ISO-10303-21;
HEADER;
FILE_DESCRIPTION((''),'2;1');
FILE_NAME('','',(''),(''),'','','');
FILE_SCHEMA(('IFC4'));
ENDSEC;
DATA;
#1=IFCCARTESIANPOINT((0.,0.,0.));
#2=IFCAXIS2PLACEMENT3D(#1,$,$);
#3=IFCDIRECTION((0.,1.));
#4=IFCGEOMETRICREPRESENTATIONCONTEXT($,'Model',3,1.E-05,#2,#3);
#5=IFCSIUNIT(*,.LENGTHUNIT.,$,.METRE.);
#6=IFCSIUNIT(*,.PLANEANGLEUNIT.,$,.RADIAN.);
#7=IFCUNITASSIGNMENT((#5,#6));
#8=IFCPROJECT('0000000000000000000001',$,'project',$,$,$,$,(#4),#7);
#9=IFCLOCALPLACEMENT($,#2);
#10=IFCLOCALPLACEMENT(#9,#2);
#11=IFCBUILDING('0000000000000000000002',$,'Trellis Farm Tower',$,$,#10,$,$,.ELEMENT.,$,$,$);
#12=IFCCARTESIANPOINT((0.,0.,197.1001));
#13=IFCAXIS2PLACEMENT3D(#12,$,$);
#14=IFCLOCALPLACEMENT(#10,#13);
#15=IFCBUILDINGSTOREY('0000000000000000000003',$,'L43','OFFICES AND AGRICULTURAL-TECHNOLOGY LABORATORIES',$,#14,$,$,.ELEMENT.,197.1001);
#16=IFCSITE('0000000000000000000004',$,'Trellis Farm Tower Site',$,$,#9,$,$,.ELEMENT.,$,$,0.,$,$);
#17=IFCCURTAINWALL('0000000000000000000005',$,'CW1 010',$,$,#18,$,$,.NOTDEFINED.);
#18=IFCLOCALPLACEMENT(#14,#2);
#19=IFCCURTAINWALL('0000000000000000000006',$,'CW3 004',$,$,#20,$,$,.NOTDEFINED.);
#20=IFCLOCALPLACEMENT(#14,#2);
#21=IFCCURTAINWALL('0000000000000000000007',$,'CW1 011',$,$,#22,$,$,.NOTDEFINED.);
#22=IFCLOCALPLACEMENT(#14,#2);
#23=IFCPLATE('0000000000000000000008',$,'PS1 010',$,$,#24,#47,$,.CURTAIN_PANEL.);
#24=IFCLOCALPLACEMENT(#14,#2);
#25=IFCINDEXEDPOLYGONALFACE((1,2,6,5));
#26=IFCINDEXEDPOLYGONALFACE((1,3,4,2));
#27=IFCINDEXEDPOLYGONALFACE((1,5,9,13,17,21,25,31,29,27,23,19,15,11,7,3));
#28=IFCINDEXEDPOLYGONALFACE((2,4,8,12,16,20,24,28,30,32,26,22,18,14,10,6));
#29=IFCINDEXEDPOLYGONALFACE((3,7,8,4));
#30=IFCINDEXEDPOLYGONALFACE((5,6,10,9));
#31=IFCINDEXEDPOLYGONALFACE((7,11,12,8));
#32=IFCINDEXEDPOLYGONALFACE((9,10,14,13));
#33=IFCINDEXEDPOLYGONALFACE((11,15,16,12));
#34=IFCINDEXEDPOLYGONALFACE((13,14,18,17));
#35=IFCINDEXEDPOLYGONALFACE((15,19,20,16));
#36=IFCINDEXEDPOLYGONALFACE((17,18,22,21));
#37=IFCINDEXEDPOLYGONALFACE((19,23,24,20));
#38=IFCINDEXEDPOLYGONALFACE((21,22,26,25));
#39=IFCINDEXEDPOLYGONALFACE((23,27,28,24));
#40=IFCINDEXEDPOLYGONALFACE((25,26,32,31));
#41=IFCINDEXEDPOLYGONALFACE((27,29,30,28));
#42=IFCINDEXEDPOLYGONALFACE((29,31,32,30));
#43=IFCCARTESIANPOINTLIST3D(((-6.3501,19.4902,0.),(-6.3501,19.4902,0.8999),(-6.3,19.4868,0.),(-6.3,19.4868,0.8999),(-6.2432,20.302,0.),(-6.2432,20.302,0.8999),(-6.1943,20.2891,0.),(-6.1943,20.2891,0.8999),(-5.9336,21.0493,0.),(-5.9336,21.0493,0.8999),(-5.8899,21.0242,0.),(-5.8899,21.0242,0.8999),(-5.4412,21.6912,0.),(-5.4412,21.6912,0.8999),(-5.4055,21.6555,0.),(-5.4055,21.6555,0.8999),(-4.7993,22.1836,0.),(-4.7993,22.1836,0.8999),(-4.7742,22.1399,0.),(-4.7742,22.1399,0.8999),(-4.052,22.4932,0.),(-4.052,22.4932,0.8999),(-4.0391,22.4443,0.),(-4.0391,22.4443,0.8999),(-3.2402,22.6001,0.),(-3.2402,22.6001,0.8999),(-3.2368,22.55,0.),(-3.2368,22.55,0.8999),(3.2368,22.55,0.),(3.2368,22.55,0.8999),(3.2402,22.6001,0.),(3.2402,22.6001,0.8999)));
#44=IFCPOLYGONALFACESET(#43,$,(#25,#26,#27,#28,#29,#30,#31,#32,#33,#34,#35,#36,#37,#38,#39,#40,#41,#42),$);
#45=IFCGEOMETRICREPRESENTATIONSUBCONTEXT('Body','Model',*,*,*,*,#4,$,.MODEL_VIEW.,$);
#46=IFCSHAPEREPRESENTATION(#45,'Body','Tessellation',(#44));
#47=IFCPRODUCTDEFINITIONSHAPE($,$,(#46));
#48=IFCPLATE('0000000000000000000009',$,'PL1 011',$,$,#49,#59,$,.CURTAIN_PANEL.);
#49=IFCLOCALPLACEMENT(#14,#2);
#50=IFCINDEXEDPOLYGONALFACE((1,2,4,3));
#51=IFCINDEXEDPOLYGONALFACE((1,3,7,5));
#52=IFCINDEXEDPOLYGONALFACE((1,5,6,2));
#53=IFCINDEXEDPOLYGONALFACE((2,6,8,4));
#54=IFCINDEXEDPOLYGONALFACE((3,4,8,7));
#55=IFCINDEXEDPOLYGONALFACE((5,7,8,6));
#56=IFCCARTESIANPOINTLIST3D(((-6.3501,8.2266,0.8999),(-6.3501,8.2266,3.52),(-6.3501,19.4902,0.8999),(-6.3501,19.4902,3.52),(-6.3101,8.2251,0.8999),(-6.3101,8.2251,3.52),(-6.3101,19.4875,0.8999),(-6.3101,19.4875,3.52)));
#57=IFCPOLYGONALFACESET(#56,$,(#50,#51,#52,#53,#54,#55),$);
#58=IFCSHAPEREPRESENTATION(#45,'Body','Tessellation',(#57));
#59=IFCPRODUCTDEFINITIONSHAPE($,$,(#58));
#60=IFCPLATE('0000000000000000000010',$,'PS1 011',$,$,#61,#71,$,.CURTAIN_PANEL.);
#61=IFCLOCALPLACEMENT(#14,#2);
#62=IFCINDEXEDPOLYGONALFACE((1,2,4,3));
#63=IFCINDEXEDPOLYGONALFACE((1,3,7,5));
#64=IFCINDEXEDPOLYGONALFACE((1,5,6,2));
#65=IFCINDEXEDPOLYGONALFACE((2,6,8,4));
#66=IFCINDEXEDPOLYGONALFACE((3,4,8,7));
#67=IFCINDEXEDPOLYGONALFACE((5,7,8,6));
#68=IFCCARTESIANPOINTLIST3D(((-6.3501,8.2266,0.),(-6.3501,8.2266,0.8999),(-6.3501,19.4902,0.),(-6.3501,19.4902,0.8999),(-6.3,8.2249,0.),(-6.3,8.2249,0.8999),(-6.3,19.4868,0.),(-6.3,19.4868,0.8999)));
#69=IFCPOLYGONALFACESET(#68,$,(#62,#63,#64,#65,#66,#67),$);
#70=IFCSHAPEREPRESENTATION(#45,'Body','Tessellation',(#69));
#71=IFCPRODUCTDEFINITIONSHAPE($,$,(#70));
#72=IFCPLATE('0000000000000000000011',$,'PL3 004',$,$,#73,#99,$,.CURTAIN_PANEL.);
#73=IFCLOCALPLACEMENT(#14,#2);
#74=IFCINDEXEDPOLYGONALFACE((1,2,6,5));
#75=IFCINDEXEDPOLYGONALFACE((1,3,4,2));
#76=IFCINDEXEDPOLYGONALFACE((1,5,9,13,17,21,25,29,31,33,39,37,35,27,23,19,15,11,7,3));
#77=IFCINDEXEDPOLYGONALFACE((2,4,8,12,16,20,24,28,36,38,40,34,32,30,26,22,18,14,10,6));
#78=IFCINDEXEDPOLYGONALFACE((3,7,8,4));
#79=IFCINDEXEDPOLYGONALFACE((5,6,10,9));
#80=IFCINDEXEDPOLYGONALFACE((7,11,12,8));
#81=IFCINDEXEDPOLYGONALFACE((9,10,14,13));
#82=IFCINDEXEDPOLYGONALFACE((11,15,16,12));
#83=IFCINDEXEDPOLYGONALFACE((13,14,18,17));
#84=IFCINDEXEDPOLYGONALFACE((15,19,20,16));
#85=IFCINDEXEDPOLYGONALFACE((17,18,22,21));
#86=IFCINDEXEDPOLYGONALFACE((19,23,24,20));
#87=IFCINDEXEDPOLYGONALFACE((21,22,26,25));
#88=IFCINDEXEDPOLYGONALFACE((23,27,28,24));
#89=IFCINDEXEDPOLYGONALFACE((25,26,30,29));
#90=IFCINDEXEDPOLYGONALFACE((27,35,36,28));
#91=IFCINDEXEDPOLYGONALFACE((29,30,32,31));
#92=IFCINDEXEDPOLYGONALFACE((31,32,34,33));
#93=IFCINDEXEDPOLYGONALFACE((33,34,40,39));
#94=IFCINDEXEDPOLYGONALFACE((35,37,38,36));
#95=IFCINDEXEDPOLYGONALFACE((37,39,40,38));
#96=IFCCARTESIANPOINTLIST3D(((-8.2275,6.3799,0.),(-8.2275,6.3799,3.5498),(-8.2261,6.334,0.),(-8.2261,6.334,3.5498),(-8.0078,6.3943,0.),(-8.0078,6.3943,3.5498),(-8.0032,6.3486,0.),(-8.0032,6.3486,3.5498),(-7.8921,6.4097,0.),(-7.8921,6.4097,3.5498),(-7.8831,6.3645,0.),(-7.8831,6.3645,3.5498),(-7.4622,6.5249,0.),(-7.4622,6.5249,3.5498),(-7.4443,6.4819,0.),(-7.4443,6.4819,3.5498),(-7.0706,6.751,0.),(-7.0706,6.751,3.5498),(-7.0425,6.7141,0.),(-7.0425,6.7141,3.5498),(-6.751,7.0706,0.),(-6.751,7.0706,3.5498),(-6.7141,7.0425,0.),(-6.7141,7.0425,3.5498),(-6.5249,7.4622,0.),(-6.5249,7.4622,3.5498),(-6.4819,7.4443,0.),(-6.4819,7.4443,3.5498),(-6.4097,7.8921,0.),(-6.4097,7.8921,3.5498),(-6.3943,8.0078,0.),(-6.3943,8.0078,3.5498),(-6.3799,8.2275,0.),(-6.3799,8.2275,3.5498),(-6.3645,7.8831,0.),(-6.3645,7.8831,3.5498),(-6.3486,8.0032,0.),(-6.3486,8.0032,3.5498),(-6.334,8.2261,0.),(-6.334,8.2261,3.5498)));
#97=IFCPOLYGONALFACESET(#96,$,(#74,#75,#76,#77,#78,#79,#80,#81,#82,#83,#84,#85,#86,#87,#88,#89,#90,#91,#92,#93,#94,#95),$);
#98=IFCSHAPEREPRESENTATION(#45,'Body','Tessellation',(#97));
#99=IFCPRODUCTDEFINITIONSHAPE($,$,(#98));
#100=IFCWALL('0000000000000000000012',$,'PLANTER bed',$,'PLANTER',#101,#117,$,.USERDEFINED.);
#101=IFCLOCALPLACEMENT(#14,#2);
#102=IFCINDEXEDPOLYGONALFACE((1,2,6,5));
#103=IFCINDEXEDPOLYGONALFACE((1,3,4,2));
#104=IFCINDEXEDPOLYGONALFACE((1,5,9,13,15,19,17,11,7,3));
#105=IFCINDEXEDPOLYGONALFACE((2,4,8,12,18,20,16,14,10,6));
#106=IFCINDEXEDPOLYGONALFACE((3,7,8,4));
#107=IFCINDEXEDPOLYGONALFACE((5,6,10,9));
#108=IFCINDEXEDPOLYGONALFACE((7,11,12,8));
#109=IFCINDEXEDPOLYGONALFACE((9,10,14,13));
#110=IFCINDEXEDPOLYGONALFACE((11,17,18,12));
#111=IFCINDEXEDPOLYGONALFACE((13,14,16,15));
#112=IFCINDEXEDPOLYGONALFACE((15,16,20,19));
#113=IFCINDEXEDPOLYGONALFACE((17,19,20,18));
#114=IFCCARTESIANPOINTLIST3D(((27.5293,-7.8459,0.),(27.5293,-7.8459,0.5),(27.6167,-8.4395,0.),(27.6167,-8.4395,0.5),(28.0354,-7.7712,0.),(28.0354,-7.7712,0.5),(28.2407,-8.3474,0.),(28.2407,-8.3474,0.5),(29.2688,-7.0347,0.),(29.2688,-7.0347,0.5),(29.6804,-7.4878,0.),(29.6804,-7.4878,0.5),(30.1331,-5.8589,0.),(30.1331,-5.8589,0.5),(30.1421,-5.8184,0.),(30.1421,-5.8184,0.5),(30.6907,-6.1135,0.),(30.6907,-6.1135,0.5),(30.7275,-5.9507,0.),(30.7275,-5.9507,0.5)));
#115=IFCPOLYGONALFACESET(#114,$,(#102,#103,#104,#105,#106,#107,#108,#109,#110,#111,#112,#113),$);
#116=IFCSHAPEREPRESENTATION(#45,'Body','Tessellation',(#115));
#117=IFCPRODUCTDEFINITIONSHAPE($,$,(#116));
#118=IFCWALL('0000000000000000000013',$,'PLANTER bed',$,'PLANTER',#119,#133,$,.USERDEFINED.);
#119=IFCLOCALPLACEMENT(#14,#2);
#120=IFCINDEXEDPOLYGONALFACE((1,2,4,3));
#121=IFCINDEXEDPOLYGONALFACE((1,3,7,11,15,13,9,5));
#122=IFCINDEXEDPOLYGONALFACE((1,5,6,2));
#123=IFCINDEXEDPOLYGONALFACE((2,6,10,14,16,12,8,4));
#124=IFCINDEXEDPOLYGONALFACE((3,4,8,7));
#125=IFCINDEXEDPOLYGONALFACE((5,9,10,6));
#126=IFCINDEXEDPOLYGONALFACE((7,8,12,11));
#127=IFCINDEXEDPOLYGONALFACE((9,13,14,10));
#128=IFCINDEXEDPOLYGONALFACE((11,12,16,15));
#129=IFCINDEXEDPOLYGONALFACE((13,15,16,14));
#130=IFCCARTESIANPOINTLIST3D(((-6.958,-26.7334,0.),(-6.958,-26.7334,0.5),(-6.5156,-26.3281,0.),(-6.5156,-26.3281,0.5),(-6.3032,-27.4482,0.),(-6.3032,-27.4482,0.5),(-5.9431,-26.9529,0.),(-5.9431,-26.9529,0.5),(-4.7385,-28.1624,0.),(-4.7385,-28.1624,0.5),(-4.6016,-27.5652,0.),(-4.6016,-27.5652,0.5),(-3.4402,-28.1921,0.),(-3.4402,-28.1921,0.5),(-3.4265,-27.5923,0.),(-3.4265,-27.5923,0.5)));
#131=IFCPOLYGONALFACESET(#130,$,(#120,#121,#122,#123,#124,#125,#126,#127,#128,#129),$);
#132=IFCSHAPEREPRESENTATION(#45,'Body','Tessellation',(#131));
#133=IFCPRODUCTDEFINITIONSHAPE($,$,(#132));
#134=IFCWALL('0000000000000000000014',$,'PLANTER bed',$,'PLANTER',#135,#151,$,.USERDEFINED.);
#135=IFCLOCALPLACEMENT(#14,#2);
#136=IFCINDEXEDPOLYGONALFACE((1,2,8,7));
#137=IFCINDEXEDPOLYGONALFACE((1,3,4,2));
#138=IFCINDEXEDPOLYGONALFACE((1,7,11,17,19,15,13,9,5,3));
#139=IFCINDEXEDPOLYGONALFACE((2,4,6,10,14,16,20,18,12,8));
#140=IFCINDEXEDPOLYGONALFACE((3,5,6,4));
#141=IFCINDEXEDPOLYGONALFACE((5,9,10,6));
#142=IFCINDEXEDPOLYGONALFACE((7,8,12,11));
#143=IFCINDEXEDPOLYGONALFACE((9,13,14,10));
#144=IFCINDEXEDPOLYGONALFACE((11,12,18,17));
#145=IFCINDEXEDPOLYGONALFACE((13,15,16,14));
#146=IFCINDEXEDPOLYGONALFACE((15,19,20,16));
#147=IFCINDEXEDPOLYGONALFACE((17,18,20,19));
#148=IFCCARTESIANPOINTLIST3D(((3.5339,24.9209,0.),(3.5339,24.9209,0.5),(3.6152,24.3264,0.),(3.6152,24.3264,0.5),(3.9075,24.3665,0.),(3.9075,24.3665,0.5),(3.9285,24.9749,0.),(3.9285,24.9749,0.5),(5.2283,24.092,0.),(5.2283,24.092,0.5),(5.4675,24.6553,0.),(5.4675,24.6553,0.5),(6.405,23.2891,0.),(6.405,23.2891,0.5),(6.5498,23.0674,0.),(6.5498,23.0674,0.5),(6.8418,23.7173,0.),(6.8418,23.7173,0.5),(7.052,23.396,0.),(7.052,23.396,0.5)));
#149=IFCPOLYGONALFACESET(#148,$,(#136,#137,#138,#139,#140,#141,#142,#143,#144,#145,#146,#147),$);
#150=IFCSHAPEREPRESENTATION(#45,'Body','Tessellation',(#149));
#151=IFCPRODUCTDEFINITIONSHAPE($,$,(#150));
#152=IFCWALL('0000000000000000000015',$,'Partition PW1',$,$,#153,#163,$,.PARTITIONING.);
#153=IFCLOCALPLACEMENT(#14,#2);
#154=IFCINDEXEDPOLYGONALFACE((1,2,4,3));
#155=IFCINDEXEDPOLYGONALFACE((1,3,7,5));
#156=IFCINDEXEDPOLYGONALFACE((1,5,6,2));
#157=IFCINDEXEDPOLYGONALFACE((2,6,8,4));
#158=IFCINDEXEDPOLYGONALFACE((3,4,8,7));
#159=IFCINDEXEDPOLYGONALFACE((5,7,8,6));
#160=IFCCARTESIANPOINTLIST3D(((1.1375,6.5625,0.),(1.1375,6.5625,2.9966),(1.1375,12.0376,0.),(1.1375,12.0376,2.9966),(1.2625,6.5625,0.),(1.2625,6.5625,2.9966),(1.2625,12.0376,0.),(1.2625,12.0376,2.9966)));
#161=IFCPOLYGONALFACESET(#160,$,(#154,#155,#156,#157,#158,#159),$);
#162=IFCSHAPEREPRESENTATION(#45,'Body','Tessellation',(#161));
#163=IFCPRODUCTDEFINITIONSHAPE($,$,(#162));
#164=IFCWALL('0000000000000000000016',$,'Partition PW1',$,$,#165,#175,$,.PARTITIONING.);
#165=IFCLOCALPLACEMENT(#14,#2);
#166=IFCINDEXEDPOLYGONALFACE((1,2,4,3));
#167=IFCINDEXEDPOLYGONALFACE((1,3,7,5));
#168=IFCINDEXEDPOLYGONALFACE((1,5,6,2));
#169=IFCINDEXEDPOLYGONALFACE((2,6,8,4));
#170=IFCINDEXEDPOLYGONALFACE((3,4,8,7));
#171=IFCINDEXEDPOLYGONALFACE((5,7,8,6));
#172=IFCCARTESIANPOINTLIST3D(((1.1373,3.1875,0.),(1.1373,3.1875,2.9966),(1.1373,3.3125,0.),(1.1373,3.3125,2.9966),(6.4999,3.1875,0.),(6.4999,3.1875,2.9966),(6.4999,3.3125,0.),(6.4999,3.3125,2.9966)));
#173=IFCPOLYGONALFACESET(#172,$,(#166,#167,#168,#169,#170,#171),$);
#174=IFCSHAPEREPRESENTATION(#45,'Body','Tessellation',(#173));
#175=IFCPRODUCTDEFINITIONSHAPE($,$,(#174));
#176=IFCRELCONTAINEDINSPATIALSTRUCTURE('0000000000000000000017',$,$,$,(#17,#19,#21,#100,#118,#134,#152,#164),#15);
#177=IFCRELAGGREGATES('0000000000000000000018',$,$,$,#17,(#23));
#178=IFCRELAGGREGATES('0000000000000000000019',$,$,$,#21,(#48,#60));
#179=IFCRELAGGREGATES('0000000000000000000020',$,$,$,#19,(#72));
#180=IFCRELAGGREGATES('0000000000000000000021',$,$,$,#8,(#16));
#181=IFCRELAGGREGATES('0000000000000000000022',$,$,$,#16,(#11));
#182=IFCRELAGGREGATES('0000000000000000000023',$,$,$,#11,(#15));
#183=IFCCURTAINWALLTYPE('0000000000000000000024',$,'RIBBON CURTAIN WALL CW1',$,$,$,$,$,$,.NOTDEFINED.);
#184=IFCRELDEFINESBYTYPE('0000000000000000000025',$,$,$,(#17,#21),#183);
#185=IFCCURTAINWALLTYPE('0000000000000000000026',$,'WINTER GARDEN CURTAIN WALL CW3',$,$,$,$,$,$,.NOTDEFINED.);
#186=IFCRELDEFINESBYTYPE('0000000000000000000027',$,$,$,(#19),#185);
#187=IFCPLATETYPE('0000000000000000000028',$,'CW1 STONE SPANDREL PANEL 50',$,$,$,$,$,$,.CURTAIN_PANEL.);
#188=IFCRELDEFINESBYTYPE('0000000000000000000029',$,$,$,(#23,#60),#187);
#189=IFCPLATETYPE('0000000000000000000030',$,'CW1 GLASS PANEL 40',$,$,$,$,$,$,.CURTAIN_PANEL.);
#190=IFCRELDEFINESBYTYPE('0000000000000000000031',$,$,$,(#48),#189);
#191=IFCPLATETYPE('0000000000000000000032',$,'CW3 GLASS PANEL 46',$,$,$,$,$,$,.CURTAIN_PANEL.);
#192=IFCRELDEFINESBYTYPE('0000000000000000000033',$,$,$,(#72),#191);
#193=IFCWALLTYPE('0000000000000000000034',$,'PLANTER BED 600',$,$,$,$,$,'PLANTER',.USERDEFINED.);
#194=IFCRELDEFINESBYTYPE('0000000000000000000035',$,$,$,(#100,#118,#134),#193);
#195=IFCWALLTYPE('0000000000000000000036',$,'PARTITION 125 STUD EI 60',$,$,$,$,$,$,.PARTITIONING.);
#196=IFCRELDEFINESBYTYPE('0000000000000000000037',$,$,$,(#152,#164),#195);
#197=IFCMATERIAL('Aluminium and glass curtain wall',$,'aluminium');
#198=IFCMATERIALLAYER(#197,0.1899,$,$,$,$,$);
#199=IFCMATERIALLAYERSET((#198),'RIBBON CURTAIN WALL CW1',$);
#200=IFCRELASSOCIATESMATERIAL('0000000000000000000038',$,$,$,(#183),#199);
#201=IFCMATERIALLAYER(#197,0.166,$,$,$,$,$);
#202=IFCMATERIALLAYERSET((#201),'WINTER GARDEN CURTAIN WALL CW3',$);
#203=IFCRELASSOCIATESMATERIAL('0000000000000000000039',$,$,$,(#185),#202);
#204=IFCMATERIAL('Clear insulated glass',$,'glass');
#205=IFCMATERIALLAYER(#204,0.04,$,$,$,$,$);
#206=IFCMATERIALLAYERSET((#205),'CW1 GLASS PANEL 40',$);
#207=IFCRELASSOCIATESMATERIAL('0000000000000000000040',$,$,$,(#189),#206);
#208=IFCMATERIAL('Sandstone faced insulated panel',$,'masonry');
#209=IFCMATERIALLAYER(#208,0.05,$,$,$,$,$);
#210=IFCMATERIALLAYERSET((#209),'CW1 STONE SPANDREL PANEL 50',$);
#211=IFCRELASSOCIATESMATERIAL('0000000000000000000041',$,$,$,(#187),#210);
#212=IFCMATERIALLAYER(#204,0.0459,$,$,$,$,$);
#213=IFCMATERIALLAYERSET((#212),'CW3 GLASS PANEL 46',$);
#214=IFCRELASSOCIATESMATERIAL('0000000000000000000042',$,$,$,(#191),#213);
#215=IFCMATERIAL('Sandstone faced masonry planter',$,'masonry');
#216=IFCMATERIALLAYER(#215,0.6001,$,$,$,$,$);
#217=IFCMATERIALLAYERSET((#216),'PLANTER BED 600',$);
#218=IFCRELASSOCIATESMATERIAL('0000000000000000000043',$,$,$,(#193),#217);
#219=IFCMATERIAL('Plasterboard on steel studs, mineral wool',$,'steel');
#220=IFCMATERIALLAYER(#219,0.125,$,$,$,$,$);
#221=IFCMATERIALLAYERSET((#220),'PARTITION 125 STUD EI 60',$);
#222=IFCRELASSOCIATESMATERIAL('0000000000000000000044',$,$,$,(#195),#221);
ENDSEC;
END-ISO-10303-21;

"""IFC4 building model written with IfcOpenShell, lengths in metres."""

from ifc_helpers import new_model, si_unit, direction, frame, frame_2d, origin, place, context, subcontext, project, spatial, polyline, rectangle, outline, extrude, source, transform, mapped, material, layer, layer_set, type_object, element, aggregate, save


model = new_model("IFC4")

# Units and contexts
model_context = context("Model", 3, precision=1e-05, world=origin(), true_north=direction((0.0, 1.0)))
body_context = subcontext(model_context, "Body", "Model", "MODEL_VIEW")
ifc_project = project(units=[si_unit("LENGTHUNIT", "METRE"), si_unit("PLANEANGLEUNIT", "RADIAN")], contexts=[model_context])

# Site, building, storey
site_placement = place(None, origin())
site = spatial("IfcSite", under=ifc_project, at=site_placement, Name="Trellis Farm Tower Site", CompositionType="ELEMENT", RefElevation=0.0)
building_placement = place(site_placement, origin())
building = spatial("IfcBuilding", under=site, at=building_placement, Name="Trellis Farm Tower", CompositionType="ELEMENT")
storey_placement = place(building_placement, frame((0.0, 0.0, 197.1001)))
storey = spatial("IfcBuildingStorey", under=building, at=storey_placement, Name="L43", Description="OFFICES AND AGRICULTURAL-TECHNOLOGY LABORATORIES", CompositionType="ELEMENT", Elevation=197.1001)

# Curtain walls
ifc_material_1 = material(Name="Aluminium and glass curtain wall", Category="aluminium")
ifc_layer_1 = layer(ifc_material_1, 0.1899)
ifc_layer_set_1 = layer_set([ifc_layer_1], Name="RIBBON CURTAIN WALL CW1")
curtain_wall_type_1 = type_object("IfcCurtainWallType", Name="RIBBON CURTAIN WALL CW1", PredefinedType="NOTDEFINED", material=ifc_layer_set_1)
placement_1 = place(storey_placement, origin())
curtain_wall_1 = element("IfcCurtainWall", 1, at=placement_1, inside=storey, type_object=curtain_wall_type_1, Name="CW1 010", PredefinedType="NOTDEFINED")
ifc_layer_2 = layer(ifc_material_1, 0.166)
ifc_layer_set_2 = layer_set([ifc_layer_2], Name="WINTER GARDEN CURTAIN WALL CW3")
curtain_wall_type_2 = type_object("IfcCurtainWallType", Name="WINTER GARDEN CURTAIN WALL CW3", PredefinedType="NOTDEFINED", material=ifc_layer_set_2)
curtain_wall_2 = element("IfcCurtainWall", 2, at=placement_1, inside=storey, type_object=curtain_wall_type_2, Name="CW3 004", PredefinedType="NOTDEFINED")

# Curtain wall
curtain_wall_3 = element("IfcCurtainWall", 3, at=placement_1, inside=storey, type_object=curtain_wall_type_1, Name="CW1 011", PredefinedType="NOTDEFINED")

# Plates
ifc_material_2 = material(Name="Clear insulated glass", Category="glass")
ifc_layer_3 = layer(ifc_material_2, 0.04)
ifc_layer_set_3 = layer_set([ifc_layer_3], Name="CW1 GLASS PANEL 40")
plate_type_1 = type_object("IfcPlateType", Name="CW1 GLASS PANEL 40", PredefinedType="CURTAIN_PANEL", material=ifc_layer_set_3)
placement_2 = place(storey_placement, frame((0.0, 0.0, 0.8999)))
ifc_material_3 = material(Name="Sandstone faced insulated panel", Category="masonry")
ifc_layer_4 = layer(ifc_material_3, 0.05)
ifc_layer_set_4 = layer_set([ifc_layer_4], Name="CW1 STONE SPANDREL PANEL 50")
plate_type_2 = type_object("IfcPlateType", Name="CW1 STONE SPANDREL PANEL 50", PredefinedType="CURTAIN_PANEL", material=ifc_layer_set_4)
shared_shape_1 = source(origin(), body_context, "Body", "SweptSolid", [
    extrude(outline(polyline([(3.2402, 22.6001), (-3.2402, 22.6001), (-4.052, 22.4932), (-4.7993, 22.1836), (-5.4412, 21.6912), (-5.9336, 21.0493), (-6.2432, 20.302), (-6.3501, 19.4902), (-6.3, 19.4868), (-6.1943, 20.2891), (-5.8899, 21.0242), (-5.4055, 21.6555), (-4.7742, 22.1399), (-4.0391, 22.4443), (-3.2368, 22.55), (3.2368, 22.55), (3.2402, 22.6001)])), origin(), (0.0, 0.0, 1.0), 0.8999),
])
plate_1 = element("IfcPlate", 4, at=placement_1, type_object=plate_type_2, Name="PS1 010", PredefinedType="CURTAIN_PANEL", context=body_context, shape_type="MappedRepresentation", body=[
    mapped(shared_shape_1, transform((0.0, 0.0, 0.0))),
])
aggregate(curtain_wall_1, [plate_1])
shared_shape_2 = source(origin(), body_context, "Body", "SweptSolid", [
    extrude(outline(polyline([(-6.3501, 19.4902), (-6.3501, 8.2266), (-6.3101, 8.2251), (-6.3101, 19.4875), (-6.3501, 19.4902)])), origin(), (0.0, 0.0, 1.0), 2.6201),
])
plate_2 = element("IfcPlate", 5, at=placement_2, type_object=plate_type_1, Name="PL1 011", PredefinedType="CURTAIN_PANEL", context=body_context, shape_type="MappedRepresentation", body=[
    mapped(shared_shape_2, transform((0.0, 0.0, 0.0))),
])
shared_shape_3 = source(origin(), body_context, "Body", "SweptSolid", [
    extrude(outline(polyline([(-6.3501, 19.4902), (-6.3501, 8.2266), (-6.3, 8.2249), (-6.3, 19.4868), (-6.3501, 19.4902)])), origin(), (0.0, 0.0, 1.0), 0.8999),
])
plate_3 = element("IfcPlate", 6, at=placement_1, type_object=plate_type_2, Name="PS1 011", PredefinedType="CURTAIN_PANEL", context=body_context, shape_type="MappedRepresentation", body=[
    mapped(shared_shape_3, transform((0.0, 0.0, 0.0))),
])
aggregate(curtain_wall_3, [plate_2, plate_3])
ifc_layer_5 = layer(ifc_material_2, 0.0459)
ifc_layer_set_5 = layer_set([ifc_layer_5], Name="CW3 GLASS PANEL 46")
plate_type_3 = type_object("IfcPlateType", Name="CW3 GLASS PANEL 46", PredefinedType="CURTAIN_PANEL", material=ifc_layer_set_5)
shared_shape_4 = source(origin(), body_context, "Body", "SweptSolid", [
    extrude(outline(polyline([(-6.3799, 8.2275), (-6.3943, 8.0078), (-6.4097, 7.8921), (-6.5249, 7.4622), (-6.751, 7.0706), (-7.0706, 6.751), (-7.4622, 6.5249), (-7.8921, 6.4097), (-8.0078, 6.3943), (-8.2275, 6.3799), (-8.2261, 6.334), (-8.0032, 6.3486), (-7.8831, 6.3645), (-7.4443, 6.4819), (-7.0425, 6.7141), (-6.7141, 7.0425), (-6.4819, 7.4443), (-6.3645, 7.8831), (-6.3486, 8.0032), (-6.334, 8.2261), (-6.3799, 8.2275)])), origin(), (0.0, 0.0, 1.0), 3.5498),
])
plate_4 = element("IfcPlate", 7, at=placement_1, type_object=plate_type_3, Name="PL3 004", PredefinedType="CURTAIN_PANEL", context=body_context, shape_type="MappedRepresentation", body=[
    mapped(shared_shape_4, transform((0.0, 0.0, 0.0))),
])
aggregate(curtain_wall_2, [plate_4])

# Walls
ifc_material_4 = material(Name="Sandstone faced masonry planter", Category="masonry")
ifc_layer_6 = layer(ifc_material_4, 0.6001)
ifc_layer_set_6 = layer_set([ifc_layer_6], Name="PLANTER BED 600")
wall_type_1 = type_object("IfcWallType", Name="PLANTER BED 600", ElementType="PLANTER", PredefinedType="USERDEFINED", material=ifc_layer_set_6)
element("IfcWall", 8, at=placement_1, inside=storey, type_object=wall_type_1, Name="PLANTER bed", ObjectType="PLANTER", PredefinedType="USERDEFINED", context=body_context, shape_type="SweptSolid", body=[
    extrude(outline(polyline([(30.6907, -6.1135), (29.6804, -7.4878), (28.2407, -8.3474), (27.6167, -8.4395), (27.5293, -7.8459), (28.0354, -7.7712), (29.2688, -7.0347), (30.1331, -5.8589), (30.1421, -5.8184), (30.7275, -5.9507), (30.6907, -6.1135)])), origin(), (0.0, 0.0, 1.0), 0.5),
])
element("IfcWall", 9, at=placement_1, inside=storey, type_object=wall_type_1, Name="PLANTER bed", ObjectType="PLANTER", PredefinedType="USERDEFINED", context=body_context, shape_type="SweptSolid", body=[
    extrude(outline(polyline([(-6.3032, -27.4482), (-6.958, -26.7334), (-6.5156, -26.3281), (-5.9431, -26.9529), (-4.6016, -27.5652), (-3.4265, -27.5923), (-3.4402, -28.1921), (-4.7385, -28.1624), (-6.3032, -27.4482)])), origin(), (0.0, 0.0, 1.0), 0.5),
])
element("IfcWall", 10, at=placement_1, inside=storey, type_object=wall_type_1, Name="PLANTER bed", ObjectType="PLANTER", PredefinedType="USERDEFINED", context=body_context, shape_type="SweptSolid", body=[
    extrude(outline(polyline([(5.4675, 24.6553), (6.8418, 23.7173), (7.052, 23.396), (6.5498, 23.0674), (6.405, 23.2891), (5.2283, 24.092), (3.9075, 24.3665), (3.6152, 24.3264), (3.5339, 24.9209), (3.9285, 24.9749), (5.4675, 24.6553)])), origin(), (0.0, 0.0, 1.0), 0.5),
])
ifc_material_5 = material(Name="Plasterboard on steel studs, mineral wool", Category="steel")
ifc_layer_7 = layer(ifc_material_5, 0.125)
ifc_layer_set_7 = layer_set([ifc_layer_7], Name="PARTITION 125 STUD EI 60")
wall_type_2 = type_object("IfcWallType", Name="PARTITION 125 STUD EI 60", PredefinedType="PARTITIONING", material=ifc_layer_set_7)
shared_shape_5 = source(origin(), body_context, "Body", "SweptSolid", [
    extrude(rectangle(XDim=5.4751, YDim=0.125, at=frame_2d((2.7375, 0.0))), origin(), (0.0, 0.0, 1.0), 2.9966),
])
wall_1_placement = place(storey_placement, frame((1.2, 12.0376, 0.0), z_axis=(0.0, 0.0, 1.0), x_axis=(0.0, -1.0, 0.0)))
element("IfcWall", 11, at=wall_1_placement, inside=storey, type_object=wall_type_2, Name="Partition PW1", PredefinedType="PARTITIONING", context=body_context, shape_type="MappedRepresentation", body=[
    mapped(shared_shape_5, transform((0.0, 0.0, 0.0))),
])
shared_shape_6 = source(origin(), body_context, "Body", "SweptSolid", [
    extrude(rectangle(XDim=5.3625, YDim=0.125, at=frame_2d((2.6812, 0.0))), origin(), (0.0, 0.0, 1.0), 2.9966),
])
wall_2_placement = place(storey_placement, frame((1.1375, 3.25, 0.0), z_axis=(0.0, 0.0, 1.0), x_axis=(1.0, 0.0, 0.0)))
element("IfcWall", 12, at=wall_2_placement, inside=storey, type_object=wall_type_2, Name="Partition PW1", PredefinedType="PARTITIONING", context=body_context, shape_type="MappedRepresentation", body=[
    mapped(shared_shape_6, transform((0.0, 0.0, 0.0))),
])

save(model, "model.ifc")
